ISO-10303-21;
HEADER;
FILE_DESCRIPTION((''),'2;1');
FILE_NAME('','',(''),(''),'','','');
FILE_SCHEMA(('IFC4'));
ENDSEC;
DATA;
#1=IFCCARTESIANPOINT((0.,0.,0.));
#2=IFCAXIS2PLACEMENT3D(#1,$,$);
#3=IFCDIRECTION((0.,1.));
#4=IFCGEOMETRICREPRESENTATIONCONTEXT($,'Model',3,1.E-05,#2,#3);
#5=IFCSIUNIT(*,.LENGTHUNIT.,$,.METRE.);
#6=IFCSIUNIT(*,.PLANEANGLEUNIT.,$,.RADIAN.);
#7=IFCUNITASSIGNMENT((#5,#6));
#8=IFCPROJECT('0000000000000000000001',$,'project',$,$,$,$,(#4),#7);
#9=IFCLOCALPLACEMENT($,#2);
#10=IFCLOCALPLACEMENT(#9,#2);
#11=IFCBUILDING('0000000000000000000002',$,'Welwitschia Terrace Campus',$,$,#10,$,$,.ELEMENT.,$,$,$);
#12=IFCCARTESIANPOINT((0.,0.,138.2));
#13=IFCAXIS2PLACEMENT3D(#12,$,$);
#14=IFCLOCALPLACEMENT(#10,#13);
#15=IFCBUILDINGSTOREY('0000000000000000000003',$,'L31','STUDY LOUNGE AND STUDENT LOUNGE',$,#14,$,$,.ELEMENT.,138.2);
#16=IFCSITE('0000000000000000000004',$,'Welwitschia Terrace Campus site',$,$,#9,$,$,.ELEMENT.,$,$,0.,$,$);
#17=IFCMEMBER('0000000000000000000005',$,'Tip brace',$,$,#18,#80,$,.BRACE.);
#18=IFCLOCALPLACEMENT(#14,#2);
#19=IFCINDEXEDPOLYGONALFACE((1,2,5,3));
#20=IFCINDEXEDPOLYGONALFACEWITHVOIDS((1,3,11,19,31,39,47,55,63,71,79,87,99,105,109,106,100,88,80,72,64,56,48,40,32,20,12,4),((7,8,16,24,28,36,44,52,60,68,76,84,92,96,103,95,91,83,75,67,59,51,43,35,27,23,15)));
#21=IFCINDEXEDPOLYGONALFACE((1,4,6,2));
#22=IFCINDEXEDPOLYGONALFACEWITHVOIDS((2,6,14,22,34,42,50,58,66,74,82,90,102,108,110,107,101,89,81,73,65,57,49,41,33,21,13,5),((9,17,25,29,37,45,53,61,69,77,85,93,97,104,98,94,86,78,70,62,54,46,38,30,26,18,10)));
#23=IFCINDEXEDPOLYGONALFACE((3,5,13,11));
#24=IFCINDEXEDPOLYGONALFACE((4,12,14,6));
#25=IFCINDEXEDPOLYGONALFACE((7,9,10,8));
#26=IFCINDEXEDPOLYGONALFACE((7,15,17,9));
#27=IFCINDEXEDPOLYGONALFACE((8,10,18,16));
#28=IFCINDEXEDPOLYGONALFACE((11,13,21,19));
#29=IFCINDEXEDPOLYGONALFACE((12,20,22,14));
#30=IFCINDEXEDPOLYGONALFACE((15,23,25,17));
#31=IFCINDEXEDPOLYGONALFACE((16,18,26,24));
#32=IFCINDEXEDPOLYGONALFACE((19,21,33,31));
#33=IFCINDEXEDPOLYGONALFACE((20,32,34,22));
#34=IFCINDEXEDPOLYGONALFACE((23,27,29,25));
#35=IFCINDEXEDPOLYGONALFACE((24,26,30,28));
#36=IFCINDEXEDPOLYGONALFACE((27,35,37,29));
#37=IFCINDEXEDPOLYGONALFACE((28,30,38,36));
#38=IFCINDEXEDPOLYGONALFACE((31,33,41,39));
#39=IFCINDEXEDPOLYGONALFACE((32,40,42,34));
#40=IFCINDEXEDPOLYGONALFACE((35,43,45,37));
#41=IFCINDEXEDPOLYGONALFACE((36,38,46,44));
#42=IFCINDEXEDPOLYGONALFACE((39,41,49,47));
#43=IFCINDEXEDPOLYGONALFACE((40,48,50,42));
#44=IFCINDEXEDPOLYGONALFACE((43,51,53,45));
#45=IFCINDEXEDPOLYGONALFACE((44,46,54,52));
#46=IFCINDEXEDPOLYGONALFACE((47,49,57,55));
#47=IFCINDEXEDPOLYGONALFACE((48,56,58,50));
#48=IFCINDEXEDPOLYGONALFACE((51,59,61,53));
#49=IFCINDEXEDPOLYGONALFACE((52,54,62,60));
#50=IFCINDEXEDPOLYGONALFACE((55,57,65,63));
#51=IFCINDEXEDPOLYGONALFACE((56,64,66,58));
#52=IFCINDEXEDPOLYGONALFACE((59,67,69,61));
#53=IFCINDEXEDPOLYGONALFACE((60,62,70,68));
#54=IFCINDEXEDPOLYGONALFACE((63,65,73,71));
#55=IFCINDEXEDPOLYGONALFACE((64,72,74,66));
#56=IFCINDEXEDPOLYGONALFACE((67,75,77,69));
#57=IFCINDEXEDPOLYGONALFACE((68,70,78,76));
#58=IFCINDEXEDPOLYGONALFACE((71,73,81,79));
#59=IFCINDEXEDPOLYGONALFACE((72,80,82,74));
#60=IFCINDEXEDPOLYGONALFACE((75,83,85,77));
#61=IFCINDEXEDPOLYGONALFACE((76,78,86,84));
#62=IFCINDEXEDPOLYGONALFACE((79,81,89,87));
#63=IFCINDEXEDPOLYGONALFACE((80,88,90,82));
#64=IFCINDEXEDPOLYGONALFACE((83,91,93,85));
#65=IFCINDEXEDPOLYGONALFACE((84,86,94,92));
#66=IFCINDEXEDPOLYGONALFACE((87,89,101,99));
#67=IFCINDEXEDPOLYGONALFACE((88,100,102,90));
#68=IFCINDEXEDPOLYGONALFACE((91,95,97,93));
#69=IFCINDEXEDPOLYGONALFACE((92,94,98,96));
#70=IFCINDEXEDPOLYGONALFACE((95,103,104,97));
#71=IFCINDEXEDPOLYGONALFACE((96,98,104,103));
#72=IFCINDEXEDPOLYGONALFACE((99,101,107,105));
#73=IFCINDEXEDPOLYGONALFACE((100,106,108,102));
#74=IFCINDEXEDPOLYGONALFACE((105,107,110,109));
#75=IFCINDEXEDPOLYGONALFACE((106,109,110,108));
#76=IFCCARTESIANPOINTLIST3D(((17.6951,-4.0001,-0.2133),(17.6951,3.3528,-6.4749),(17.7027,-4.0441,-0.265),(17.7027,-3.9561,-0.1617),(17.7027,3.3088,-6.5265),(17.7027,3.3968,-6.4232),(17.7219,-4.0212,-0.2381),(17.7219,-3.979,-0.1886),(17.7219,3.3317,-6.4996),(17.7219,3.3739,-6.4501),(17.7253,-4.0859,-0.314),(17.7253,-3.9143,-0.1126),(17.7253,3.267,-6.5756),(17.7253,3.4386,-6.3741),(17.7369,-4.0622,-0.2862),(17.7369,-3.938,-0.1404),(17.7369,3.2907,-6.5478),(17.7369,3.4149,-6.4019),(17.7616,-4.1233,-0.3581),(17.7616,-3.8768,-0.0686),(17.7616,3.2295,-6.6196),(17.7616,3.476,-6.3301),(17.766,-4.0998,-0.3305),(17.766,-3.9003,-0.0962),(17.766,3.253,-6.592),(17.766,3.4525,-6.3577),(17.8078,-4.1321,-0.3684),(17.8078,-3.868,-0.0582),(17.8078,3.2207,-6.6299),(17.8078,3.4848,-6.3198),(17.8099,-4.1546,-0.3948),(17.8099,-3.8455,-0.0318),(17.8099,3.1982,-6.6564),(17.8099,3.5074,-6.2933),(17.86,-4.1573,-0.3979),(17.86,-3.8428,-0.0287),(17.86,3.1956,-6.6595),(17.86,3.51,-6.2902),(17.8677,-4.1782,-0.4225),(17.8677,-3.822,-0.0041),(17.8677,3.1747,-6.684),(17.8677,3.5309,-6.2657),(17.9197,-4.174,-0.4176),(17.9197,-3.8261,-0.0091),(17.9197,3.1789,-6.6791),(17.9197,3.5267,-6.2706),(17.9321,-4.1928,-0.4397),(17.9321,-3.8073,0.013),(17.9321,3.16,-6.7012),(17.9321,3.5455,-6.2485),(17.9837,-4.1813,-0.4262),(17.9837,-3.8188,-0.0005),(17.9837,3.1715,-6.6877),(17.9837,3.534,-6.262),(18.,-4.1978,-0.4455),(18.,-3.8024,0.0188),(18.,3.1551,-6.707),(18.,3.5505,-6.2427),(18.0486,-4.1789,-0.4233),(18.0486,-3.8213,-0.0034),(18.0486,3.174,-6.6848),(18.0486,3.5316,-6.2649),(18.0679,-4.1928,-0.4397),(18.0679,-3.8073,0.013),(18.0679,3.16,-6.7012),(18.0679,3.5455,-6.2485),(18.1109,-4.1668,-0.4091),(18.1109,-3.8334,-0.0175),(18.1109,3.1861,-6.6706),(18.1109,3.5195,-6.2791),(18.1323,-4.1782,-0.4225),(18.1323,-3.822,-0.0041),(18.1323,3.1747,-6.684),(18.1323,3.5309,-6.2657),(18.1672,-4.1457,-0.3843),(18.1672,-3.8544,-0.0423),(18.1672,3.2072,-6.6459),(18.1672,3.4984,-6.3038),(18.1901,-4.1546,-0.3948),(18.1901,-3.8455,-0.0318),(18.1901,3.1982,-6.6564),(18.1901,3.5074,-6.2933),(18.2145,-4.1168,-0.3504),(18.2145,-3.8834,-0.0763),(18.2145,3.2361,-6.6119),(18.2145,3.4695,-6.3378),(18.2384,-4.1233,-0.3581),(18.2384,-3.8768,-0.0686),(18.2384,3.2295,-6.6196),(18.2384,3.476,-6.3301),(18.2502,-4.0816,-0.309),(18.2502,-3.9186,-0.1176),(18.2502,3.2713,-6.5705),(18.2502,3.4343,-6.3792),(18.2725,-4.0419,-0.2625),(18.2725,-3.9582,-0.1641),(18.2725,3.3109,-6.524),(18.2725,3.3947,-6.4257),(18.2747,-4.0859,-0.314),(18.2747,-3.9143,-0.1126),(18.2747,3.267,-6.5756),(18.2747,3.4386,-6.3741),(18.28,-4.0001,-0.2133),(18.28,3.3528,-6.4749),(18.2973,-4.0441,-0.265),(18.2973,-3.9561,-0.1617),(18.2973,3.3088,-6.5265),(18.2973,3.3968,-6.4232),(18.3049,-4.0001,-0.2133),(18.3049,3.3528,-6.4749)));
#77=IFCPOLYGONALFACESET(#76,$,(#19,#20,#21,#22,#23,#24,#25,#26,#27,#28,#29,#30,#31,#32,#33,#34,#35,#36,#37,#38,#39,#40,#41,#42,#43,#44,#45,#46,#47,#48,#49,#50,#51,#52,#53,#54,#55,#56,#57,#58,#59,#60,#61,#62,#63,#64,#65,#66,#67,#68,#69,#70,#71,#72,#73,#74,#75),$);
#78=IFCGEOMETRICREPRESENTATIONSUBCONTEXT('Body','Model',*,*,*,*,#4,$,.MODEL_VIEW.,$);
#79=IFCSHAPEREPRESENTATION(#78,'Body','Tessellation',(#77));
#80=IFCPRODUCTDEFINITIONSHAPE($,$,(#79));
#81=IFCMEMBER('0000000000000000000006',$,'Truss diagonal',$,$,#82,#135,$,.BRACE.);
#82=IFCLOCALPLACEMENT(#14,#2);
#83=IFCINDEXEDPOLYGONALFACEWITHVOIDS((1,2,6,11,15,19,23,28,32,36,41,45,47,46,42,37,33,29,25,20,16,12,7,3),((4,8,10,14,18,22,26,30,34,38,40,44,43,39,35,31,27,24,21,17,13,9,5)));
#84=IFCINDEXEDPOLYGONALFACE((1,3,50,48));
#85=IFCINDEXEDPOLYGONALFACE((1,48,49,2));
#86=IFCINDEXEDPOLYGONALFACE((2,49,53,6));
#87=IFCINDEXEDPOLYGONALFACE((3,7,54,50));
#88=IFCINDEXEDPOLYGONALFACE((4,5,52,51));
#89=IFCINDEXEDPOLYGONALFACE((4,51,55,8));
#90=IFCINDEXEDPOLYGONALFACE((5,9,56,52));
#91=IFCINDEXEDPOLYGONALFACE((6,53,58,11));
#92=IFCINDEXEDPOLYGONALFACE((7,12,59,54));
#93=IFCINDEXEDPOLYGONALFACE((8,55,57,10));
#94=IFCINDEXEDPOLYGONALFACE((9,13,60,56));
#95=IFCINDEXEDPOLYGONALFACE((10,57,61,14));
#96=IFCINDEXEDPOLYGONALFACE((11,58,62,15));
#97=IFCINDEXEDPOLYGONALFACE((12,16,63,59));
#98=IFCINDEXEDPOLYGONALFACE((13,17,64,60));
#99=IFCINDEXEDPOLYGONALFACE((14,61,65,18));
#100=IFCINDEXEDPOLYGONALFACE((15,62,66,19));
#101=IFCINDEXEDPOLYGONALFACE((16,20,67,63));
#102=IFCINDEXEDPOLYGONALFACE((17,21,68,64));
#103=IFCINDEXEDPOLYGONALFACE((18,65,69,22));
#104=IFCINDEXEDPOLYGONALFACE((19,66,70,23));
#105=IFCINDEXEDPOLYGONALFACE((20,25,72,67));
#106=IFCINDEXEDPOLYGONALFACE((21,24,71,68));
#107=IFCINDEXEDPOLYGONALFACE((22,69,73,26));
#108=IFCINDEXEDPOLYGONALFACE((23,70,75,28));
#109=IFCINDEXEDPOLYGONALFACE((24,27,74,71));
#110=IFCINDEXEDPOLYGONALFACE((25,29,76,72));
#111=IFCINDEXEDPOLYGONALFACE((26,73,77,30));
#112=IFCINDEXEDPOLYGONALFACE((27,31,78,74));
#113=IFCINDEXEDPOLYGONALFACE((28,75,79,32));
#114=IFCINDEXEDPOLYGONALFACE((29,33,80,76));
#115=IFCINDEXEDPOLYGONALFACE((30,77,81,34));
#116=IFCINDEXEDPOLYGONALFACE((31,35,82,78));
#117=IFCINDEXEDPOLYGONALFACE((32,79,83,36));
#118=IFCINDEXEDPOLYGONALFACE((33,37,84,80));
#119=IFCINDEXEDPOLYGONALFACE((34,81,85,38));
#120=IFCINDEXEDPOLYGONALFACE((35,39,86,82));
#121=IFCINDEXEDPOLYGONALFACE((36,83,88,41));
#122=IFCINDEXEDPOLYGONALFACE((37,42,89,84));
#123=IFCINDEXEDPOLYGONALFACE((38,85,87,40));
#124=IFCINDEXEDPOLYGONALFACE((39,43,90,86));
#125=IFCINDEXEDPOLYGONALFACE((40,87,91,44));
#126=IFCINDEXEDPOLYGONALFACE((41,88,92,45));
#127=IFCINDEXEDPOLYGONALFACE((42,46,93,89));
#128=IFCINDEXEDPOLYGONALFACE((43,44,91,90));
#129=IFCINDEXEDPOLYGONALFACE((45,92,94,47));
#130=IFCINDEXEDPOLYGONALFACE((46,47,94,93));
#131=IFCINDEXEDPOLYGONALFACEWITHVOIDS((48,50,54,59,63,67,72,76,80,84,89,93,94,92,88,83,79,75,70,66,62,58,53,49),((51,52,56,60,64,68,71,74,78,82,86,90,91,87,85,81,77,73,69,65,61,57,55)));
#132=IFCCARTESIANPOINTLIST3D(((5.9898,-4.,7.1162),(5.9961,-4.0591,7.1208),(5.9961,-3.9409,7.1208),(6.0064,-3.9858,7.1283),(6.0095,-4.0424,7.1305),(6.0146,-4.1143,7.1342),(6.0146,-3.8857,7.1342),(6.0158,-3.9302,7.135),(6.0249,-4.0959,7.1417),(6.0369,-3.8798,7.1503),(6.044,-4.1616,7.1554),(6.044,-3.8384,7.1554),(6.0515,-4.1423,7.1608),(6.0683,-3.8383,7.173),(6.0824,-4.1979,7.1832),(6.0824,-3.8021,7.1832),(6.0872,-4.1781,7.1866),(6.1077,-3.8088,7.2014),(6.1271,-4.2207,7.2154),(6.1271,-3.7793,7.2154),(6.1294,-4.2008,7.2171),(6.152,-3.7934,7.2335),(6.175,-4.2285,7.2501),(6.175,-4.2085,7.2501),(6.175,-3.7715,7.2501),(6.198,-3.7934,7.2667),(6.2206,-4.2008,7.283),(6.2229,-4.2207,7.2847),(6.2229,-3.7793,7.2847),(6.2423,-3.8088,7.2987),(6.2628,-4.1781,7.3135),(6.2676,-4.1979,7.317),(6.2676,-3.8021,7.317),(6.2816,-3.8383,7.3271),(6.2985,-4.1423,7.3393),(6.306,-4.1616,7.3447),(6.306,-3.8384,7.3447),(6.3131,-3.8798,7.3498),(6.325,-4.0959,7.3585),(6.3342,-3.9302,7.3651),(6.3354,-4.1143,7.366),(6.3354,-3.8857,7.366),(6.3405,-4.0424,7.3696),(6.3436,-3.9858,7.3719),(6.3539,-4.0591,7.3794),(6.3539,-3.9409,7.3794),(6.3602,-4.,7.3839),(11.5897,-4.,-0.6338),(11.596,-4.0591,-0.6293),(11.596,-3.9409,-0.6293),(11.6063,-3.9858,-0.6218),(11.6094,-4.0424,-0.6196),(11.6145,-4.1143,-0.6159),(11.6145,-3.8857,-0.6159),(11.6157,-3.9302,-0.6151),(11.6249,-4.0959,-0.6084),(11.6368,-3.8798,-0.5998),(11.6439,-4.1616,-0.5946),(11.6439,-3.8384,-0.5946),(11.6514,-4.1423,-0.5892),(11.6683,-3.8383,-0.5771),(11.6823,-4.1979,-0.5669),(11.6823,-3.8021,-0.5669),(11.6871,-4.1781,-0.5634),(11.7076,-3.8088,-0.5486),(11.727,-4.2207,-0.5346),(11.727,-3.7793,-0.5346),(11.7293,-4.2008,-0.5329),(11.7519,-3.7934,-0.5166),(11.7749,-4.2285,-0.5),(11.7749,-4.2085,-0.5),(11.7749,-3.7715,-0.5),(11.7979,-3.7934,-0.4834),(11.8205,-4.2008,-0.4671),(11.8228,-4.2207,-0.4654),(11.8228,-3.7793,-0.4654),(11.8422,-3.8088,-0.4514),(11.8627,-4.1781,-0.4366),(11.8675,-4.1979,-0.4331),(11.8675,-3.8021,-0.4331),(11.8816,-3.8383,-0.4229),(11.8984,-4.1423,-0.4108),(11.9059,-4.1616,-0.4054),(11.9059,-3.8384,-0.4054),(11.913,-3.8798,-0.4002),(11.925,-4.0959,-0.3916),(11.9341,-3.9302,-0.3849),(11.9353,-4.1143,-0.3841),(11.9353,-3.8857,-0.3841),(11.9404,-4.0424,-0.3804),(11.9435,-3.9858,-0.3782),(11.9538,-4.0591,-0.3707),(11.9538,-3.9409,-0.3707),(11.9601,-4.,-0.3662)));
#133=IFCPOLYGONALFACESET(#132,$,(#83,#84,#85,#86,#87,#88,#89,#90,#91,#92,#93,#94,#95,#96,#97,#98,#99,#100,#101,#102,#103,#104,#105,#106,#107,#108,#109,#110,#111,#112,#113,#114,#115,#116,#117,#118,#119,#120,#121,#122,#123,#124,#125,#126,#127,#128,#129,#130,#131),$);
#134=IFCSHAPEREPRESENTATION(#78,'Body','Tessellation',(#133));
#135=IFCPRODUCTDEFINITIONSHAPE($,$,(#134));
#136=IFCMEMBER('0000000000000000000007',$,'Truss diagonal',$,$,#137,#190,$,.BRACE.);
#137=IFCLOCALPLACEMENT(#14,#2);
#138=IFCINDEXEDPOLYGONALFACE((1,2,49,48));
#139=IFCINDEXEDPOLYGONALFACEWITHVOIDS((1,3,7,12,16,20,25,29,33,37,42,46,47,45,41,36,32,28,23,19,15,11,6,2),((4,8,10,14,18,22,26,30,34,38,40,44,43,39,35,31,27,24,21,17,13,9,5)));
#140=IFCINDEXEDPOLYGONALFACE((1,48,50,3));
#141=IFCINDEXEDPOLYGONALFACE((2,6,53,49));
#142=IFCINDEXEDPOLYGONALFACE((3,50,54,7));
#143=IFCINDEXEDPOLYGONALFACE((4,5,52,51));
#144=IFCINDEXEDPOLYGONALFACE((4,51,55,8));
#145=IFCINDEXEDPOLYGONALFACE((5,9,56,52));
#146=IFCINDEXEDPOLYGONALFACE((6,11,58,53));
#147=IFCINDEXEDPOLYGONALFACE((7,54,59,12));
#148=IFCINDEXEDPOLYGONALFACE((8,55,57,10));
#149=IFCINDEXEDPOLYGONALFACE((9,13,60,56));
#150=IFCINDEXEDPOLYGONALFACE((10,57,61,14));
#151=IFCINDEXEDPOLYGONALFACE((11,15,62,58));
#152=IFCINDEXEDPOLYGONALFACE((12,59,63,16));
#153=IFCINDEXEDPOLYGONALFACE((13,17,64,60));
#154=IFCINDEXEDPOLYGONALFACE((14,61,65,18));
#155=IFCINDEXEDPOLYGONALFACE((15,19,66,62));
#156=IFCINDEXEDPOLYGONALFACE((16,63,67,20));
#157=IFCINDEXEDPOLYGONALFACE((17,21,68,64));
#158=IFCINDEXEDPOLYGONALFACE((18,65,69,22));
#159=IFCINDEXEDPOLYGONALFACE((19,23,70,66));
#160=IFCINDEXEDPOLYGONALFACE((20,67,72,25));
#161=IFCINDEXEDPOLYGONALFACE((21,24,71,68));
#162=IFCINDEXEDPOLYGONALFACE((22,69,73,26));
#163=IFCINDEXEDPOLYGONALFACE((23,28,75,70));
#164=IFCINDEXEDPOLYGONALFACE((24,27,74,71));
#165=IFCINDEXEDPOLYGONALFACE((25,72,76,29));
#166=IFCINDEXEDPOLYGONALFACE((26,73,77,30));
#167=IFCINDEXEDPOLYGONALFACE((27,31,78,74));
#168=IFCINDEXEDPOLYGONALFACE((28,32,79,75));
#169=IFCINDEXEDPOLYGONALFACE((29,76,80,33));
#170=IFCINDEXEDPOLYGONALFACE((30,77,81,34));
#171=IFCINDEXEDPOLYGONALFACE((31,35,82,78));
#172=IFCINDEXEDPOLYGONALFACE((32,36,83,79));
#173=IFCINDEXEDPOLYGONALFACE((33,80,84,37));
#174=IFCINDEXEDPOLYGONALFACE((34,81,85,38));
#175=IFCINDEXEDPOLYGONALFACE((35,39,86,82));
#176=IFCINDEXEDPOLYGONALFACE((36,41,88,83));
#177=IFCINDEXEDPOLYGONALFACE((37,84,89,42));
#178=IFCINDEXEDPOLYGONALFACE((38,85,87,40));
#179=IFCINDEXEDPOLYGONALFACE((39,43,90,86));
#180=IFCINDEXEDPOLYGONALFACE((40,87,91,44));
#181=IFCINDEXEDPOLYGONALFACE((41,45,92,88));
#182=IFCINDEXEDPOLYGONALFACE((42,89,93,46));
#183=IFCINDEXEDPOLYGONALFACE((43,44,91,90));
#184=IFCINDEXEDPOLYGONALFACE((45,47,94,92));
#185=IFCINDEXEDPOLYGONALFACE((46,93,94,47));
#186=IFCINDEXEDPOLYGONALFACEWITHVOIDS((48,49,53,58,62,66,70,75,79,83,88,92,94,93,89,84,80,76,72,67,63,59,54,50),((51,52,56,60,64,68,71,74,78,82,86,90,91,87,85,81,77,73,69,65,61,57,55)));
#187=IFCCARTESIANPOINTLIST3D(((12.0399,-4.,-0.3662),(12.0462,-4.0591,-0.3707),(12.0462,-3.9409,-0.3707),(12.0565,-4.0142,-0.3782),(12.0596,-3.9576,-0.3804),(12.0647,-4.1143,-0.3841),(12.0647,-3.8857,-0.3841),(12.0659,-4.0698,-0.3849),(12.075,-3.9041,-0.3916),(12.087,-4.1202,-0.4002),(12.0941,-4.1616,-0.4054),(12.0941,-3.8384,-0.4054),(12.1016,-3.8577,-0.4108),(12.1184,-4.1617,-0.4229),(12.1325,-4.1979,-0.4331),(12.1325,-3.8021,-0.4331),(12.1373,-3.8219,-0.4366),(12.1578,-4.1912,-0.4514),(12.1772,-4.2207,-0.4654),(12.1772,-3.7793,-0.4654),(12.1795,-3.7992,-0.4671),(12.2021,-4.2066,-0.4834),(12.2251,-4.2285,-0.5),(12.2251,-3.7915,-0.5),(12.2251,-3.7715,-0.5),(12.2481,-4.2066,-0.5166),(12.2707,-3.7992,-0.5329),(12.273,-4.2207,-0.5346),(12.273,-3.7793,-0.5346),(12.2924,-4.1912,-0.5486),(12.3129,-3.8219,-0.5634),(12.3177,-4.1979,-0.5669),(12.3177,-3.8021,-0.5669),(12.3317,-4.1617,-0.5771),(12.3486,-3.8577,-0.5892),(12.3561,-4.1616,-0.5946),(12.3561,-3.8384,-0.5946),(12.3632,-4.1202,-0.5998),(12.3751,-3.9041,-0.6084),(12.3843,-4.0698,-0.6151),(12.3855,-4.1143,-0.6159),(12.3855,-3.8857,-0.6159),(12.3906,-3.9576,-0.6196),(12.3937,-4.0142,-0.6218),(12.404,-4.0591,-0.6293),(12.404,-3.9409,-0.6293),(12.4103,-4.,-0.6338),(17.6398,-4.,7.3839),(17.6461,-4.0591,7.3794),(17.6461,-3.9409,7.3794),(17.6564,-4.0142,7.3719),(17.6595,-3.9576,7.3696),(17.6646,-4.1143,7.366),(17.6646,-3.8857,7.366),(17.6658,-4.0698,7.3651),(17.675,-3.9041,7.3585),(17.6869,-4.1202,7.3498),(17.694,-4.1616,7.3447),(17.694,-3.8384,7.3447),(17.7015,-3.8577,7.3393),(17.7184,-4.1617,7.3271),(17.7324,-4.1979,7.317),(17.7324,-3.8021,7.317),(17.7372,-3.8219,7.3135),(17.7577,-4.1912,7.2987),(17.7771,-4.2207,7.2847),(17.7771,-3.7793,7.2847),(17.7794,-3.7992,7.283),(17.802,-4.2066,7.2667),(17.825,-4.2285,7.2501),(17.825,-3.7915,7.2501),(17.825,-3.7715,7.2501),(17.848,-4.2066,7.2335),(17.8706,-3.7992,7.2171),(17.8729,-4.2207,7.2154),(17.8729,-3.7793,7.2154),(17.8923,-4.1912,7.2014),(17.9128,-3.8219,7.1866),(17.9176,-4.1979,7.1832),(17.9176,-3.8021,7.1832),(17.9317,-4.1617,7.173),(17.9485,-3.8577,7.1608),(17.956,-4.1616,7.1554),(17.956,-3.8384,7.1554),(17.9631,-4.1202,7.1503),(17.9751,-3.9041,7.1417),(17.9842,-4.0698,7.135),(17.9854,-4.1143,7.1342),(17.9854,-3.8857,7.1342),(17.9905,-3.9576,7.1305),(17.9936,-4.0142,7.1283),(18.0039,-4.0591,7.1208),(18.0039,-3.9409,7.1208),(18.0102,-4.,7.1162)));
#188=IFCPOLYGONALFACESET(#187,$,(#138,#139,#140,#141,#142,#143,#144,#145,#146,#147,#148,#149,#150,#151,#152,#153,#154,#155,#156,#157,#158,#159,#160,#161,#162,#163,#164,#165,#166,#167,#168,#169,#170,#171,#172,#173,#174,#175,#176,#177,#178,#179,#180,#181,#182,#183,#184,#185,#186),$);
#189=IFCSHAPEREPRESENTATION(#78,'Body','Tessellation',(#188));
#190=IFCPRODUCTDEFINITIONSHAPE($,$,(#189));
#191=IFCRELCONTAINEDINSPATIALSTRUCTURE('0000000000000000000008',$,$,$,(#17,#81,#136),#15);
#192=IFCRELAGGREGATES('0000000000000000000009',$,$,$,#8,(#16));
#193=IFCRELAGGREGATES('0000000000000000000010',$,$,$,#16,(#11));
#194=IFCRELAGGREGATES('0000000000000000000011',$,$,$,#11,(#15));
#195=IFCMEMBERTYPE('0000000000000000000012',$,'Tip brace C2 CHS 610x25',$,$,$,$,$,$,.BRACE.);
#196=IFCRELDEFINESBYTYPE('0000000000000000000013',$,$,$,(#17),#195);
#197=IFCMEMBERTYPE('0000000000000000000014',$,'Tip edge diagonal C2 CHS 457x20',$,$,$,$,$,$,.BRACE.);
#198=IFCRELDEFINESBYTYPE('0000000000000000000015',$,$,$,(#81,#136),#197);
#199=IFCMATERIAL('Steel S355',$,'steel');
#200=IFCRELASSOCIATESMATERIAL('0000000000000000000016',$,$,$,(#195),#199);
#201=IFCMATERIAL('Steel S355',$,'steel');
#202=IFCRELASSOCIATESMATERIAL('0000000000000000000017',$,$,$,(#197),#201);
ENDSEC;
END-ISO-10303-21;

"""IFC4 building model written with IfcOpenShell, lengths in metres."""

from ifc_helpers import new_model, si_unit, direction, frame, origin, origin_2d, place, context, subcontext, project, spatial, hollow_circle, extrude, material, material_profile, profile_set, type_object, element, save


model = new_model("IFC4")

# Units and contexts
model_context = context("Model", 3, precision=1e-05, world=origin(), true_north=direction((0.0, 1.0)))
body_context = subcontext(model_context, "Body", "Model", "MODEL_VIEW")
ifc_project = project(units=[si_unit("LENGTHUNIT", "METRE"), si_unit("PLANEANGLEUNIT", "RADIAN")], contexts=[model_context])

# Site, building, storey
site_placement = place(None, origin())
site = spatial("IfcSite", under=ifc_project, at=site_placement, Name="Welwitschia Terrace Campus site", CompositionType="ELEMENT", RefElevation=0.0)
building_placement = place(site_placement, origin())
building = spatial("IfcBuilding", under=site, at=building_placement, Name="Welwitschia Terrace Campus", CompositionType="ELEMENT")
storey_placement = place(building_placement, frame((0.0, 0.0, 138.2)))
storey = spatial("IfcBuildingStorey", under=building, at=storey_placement, Name="L31", Description="STUDY LOUNGE AND STUDENT LOUNGE", CompositionType="ELEMENT", Elevation=138.2)

# Members
ifc_material_1 = material(Name="Steel S355", Category="steel")
ifc_material_profile_1 = material_profile(ifc_material_1, hollow_circle(Radius=0.3049, WallThickness=0.0249, at=origin_2d()))
ifc_profile_set_1 = profile_set([ifc_material_profile_1], Name="Steel S355")
member_type_1 = type_object("IfcMemberType", Name="Tip brace C2 CHS 610x25", PredefinedType="BRACE", material=ifc_profile_set_1)
for number, where, z_axis, x_axis, name in (
    (1, (18.0, 3.3528, -6.4749), (0.0, -0.761346, 0.648346), (1.0, 0.0, 0.0), "Tip brace"),
):
    element("IfcMember", number, at=place(storey_placement, frame(where, z_axis=z_axis, x_axis=x_axis)), inside=storey, type_object=member_type_1, Name=name, PredefinedType="BRACE", context=body_context, shape_type="SweptSolid", body=[
        extrude(hollow_circle(Radius=0.3049, WallThickness=0.0249, at=origin_2d()), origin(), (0.0, 0.0, 1.0), 9.6577),
    ])
ifc_material_2 = material(Name="Steel S355", Category="steel")
ifc_material_profile_2 = material_profile(ifc_material_2, hollow_circle(Radius=0.2285, WallThickness=0.02, at=origin_2d()))
ifc_profile_set_2 = profile_set([ifc_material_profile_2], Name="Steel S355")
member_type_2 = type_object("IfcMemberType", Name="Tip edge diagonal C2 CHS 457x20", PredefinedType="BRACE", material=ifc_profile_set_2)
for number, where, z_axis, x_axis, name in (
    (2, (11.7749, -4.0, -0.5), (-0.585671, 0.0, 0.810549), (0.0, -1.0, 0.0), "Truss diagonal"),
    (3, (12.2251, -4.0, -0.5), (0.585671, 0.0, 0.810549), (0.0, 1.0, 0.0), "Truss diagonal"),
):
    element("IfcMember", number, at=place(storey_placement, frame(where, z_axis=z_axis, x_axis=x_axis)), inside=storey, type_object=member_type_2, Name=name, PredefinedType="BRACE", context=body_context, shape_type="SweptSolid", body=[
        extrude(hollow_circle(Radius=0.2285, WallThickness=0.02, at=origin_2d()), origin(), (0.0, 0.0, 1.0), 9.5615),
    ])

save(model, "model.ifc")
